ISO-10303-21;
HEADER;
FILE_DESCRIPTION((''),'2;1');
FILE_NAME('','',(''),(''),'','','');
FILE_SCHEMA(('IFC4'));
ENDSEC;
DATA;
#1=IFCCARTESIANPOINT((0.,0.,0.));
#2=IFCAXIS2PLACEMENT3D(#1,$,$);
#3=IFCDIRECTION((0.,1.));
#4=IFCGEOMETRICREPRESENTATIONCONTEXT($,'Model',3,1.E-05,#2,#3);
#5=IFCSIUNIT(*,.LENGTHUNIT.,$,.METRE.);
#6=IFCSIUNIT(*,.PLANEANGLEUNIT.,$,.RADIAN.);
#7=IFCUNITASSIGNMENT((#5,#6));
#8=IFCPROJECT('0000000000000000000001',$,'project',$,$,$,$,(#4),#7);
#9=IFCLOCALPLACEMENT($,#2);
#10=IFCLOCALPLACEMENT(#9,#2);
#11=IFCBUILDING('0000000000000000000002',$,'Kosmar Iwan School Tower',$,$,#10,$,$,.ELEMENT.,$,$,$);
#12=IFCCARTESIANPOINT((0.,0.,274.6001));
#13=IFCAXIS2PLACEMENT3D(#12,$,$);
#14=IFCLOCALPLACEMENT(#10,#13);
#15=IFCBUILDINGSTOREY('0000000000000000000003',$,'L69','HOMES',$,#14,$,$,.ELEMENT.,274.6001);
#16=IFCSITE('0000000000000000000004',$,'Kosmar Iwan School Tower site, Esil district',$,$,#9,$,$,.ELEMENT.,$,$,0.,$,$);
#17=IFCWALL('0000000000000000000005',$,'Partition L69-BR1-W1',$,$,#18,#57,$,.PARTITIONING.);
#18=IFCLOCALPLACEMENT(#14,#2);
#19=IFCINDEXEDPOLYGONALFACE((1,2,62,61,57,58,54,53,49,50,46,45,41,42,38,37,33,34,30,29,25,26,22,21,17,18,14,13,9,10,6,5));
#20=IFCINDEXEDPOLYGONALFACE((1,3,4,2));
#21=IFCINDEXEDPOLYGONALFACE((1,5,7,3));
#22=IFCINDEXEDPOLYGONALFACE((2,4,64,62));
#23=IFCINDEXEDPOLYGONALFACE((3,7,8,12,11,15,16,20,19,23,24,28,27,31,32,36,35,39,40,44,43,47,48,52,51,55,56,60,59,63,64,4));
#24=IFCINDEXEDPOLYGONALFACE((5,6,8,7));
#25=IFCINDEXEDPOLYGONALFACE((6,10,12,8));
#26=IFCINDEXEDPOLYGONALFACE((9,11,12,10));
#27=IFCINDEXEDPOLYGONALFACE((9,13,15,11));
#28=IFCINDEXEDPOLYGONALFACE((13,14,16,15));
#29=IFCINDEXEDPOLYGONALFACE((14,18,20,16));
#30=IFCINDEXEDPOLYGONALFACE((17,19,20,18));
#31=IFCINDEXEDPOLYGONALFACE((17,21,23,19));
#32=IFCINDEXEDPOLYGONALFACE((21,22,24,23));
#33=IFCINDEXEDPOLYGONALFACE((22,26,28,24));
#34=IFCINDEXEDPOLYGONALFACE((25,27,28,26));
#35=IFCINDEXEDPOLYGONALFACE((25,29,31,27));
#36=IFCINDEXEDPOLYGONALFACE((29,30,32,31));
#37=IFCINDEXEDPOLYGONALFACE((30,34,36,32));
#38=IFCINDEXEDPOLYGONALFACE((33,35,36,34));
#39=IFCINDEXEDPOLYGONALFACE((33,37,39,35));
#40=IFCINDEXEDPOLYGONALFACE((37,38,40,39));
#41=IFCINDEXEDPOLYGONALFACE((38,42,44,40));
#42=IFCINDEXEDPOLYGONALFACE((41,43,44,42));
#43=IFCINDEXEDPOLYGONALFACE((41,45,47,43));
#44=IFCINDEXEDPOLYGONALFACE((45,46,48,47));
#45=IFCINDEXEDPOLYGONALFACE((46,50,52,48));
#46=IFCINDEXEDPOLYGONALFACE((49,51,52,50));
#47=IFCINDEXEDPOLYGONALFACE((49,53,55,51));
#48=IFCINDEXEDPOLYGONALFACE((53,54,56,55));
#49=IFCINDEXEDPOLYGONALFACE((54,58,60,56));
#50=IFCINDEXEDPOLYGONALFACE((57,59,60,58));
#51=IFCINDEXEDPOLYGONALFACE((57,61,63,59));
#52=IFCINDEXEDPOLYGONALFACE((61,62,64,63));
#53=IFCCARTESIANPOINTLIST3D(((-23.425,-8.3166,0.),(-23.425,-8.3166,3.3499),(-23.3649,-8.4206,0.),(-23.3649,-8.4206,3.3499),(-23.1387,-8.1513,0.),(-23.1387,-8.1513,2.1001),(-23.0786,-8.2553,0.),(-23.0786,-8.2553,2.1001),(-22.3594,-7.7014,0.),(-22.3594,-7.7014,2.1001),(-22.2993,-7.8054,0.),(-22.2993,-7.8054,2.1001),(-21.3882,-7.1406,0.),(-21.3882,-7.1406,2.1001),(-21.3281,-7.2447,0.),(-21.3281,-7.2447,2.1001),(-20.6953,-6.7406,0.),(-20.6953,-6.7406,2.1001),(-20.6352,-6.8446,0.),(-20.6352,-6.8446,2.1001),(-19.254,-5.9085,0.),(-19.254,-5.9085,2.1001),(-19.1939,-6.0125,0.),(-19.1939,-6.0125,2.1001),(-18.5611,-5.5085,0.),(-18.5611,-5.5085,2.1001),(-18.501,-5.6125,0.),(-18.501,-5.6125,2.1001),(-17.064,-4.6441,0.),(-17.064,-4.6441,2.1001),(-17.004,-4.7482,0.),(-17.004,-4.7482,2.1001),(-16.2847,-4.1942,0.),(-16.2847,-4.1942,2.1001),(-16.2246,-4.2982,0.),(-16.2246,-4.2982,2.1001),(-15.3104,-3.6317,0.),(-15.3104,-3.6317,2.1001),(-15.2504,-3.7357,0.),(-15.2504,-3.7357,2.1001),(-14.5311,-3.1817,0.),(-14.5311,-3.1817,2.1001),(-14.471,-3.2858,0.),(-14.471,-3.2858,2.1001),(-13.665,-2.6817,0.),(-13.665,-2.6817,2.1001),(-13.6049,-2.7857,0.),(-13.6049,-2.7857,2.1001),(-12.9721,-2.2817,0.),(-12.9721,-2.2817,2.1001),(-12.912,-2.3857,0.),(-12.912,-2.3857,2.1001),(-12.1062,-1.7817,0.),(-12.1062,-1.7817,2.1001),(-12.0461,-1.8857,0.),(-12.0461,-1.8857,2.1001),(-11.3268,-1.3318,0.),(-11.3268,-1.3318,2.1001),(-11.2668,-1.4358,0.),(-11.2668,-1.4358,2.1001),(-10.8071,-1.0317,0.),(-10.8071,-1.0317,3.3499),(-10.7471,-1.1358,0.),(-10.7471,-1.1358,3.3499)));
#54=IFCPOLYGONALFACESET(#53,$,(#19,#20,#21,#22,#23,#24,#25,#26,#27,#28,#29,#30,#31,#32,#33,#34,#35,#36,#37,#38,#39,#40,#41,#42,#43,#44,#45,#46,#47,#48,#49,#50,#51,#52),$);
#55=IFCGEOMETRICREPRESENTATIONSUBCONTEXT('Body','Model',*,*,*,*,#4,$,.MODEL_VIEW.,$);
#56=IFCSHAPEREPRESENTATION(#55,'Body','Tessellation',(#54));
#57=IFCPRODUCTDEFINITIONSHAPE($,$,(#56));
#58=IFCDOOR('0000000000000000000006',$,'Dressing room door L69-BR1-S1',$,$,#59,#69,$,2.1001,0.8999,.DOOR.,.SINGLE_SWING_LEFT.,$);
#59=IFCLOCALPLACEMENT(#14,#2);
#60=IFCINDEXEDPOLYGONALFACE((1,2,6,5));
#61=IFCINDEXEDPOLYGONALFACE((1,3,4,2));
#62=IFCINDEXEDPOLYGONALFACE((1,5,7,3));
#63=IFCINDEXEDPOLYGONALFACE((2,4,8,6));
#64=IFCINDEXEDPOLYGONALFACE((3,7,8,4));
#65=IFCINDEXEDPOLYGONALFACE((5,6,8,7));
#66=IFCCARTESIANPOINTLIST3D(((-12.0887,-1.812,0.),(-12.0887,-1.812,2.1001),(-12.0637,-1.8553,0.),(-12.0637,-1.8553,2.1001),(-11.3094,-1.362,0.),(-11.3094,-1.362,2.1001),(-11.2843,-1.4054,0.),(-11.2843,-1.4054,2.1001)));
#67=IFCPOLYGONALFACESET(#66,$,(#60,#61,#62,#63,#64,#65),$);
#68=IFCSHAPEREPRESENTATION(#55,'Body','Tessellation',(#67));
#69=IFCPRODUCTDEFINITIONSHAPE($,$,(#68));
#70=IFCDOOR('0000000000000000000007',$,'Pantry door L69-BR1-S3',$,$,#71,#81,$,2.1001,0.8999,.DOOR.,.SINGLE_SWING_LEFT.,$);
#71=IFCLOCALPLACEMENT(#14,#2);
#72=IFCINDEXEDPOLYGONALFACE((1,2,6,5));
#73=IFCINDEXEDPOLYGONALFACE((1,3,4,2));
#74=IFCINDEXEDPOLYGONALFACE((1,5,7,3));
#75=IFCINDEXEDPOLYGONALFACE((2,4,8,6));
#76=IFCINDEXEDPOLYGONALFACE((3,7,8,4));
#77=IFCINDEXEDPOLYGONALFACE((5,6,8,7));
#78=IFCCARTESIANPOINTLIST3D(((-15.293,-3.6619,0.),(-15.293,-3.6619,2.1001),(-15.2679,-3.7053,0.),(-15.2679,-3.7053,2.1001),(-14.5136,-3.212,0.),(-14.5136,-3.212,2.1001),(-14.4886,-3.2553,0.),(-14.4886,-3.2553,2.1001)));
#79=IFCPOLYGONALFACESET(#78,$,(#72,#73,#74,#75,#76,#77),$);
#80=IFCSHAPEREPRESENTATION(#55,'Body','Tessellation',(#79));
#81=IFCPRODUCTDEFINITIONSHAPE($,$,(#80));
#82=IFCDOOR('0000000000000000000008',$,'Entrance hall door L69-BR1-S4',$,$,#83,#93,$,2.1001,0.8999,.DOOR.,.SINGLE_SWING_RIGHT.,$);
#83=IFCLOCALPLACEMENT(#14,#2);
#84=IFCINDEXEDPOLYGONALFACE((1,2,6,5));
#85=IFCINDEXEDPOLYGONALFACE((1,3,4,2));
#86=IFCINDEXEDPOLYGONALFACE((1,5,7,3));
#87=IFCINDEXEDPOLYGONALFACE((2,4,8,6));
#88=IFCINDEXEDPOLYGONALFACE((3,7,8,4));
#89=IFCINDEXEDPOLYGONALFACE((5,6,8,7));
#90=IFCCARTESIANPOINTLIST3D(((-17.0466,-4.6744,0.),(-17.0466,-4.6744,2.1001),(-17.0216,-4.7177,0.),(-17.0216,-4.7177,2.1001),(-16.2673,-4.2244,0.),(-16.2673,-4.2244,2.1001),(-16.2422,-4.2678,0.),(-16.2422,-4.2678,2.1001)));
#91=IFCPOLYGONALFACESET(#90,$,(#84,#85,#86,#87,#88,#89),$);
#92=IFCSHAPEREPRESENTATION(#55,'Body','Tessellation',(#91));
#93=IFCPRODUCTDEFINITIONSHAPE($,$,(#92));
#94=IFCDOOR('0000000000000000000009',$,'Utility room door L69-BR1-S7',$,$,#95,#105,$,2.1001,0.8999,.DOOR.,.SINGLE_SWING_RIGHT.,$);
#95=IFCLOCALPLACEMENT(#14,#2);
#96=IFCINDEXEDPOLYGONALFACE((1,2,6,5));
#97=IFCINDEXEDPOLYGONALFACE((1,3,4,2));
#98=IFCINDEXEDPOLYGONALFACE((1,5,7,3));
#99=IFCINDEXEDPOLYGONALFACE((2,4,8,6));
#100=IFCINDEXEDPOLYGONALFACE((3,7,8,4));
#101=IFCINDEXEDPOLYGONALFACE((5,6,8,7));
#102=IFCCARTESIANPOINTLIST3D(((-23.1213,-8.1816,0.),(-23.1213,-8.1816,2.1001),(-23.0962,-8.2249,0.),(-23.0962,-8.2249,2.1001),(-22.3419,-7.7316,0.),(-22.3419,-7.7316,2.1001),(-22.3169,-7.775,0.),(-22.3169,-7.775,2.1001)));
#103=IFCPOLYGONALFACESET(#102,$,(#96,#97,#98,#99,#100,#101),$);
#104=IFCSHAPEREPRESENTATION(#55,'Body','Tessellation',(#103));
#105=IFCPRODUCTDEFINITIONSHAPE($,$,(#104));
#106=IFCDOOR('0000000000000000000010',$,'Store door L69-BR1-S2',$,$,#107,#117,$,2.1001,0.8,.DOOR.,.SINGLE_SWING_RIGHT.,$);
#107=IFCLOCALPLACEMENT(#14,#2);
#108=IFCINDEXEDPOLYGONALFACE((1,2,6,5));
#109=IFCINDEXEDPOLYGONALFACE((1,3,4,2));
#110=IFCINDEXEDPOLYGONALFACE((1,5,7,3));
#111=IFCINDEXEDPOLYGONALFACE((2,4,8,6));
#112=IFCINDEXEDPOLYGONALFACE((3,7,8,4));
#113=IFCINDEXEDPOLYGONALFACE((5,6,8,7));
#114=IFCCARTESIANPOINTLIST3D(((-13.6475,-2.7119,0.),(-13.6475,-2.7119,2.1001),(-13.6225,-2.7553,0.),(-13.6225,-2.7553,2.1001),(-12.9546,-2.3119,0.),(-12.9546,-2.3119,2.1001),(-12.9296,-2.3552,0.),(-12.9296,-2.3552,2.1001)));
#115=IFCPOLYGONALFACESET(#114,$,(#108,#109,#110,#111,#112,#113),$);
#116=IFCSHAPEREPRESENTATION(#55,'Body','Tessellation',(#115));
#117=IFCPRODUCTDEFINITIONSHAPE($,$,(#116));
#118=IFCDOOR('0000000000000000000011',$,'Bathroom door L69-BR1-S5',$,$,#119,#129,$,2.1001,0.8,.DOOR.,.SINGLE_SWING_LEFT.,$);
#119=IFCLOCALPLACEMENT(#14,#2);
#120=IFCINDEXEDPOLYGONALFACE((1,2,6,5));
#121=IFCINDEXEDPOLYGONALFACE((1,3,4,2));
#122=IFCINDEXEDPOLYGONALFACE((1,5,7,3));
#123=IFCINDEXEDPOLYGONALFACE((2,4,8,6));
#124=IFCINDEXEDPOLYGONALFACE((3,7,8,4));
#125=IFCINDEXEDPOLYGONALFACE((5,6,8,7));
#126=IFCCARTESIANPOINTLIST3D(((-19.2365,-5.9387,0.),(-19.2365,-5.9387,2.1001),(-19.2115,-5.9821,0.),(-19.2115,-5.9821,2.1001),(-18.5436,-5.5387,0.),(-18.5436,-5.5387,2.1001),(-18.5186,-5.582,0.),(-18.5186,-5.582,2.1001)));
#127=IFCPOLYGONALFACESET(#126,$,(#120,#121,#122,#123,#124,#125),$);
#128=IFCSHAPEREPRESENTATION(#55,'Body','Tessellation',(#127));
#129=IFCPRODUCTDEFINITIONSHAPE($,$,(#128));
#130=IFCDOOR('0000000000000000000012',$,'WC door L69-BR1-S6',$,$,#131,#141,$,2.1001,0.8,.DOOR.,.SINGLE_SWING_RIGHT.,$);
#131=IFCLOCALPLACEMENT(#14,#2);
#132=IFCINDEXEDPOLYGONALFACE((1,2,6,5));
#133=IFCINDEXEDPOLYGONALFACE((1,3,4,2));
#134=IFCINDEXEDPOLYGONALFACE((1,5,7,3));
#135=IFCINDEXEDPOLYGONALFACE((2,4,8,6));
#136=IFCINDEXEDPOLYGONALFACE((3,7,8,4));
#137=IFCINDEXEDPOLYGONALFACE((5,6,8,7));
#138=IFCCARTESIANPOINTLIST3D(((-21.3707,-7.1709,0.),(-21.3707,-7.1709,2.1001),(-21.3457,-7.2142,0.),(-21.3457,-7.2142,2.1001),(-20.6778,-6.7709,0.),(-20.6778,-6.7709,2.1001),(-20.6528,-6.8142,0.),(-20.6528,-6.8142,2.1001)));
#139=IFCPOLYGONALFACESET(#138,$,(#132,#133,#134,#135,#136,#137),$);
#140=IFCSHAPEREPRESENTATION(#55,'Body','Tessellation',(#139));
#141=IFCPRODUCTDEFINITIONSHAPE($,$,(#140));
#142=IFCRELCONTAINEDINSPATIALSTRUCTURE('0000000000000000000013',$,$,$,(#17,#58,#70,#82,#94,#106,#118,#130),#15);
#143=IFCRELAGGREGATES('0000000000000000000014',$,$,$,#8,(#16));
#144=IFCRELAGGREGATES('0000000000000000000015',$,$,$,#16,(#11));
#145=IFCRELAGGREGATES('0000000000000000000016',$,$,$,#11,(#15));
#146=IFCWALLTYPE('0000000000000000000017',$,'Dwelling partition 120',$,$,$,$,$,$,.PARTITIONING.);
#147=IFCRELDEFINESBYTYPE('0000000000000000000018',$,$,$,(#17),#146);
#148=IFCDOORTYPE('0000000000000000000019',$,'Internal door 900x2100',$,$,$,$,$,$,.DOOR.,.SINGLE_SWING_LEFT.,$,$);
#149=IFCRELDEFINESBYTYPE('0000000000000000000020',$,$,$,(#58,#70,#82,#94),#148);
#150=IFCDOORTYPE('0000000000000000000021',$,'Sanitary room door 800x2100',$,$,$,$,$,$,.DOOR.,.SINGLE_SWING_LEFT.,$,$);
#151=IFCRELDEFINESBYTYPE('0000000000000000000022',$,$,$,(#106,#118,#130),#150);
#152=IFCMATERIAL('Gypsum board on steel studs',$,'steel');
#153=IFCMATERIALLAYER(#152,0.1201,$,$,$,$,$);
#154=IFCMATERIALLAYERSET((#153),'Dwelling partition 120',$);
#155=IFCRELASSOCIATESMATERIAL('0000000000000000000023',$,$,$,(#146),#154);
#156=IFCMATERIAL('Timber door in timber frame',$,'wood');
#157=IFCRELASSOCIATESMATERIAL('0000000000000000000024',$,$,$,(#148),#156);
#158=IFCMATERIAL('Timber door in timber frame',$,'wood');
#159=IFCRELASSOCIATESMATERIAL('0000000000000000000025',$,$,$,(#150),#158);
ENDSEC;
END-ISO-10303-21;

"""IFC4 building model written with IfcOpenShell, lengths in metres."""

from ifc_helpers import new_model, si_unit, direction, frame, frame_2d, origin, place, context, subcontext, project, spatial, rectangle, extrude, material, layer, layer_set, type_object, element, fill, save


model = new_model("IFC4")

# Units and contexts
model_context = context("Model", 3, precision=1e-05, world=origin(), true_north=direction((0.0, 1.0)))
body_context = subcontext(model_context, "Body", "Model", "MODEL_VIEW")
ifc_project = project(units=[si_unit("LENGTHUNIT", "METRE"), si_unit("PLANEANGLEUNIT", "RADIAN")], contexts=[model_context])

# Site, building, storey
site_placement = place(None, origin())
site = spatial("IfcSite", under=ifc_project, at=site_placement, Name="Kosmar Iwan School Tower site, Esil district", CompositionType="ELEMENT", RefElevation=0.0)
building_placement = place(site_placement, origin())
building = spatial("IfcBuilding", under=site, at=building_placement, Name="Kosmar Iwan School Tower", CompositionType="ELEMENT")
storey_placement = place(building_placement, frame((0.0, 0.0, 274.6001)))
storey = spatial("IfcBuildingStorey", under=building, at=storey_placement, Name="L69", Description="HOMES", CompositionType="ELEMENT", Elevation=274.6001)

# Wall, openings, doors
ifc_material_1 = material(Name="Gypsum board on steel studs", Category="steel")
ifc_layer_1 = layer(ifc_material_1, 0.1201)
ifc_layer_set_1 = layer_set([ifc_layer_1], Name="Dwelling partition 120")
wall_type_1 = type_object("IfcWallType", Name="Dwelling partition 120", PredefinedType="PARTITIONING", material=ifc_layer_set_1)
wall_1_placement = place(storey_placement, frame((-10.7771, -1.0837, 0.0), z_axis=(0.0, 0.0, 1.0), x_axis=(-0.866027, -0.499998, 0.0)))
wall_1 = element("IfcWall", 1, at=wall_1_placement, inside=storey, type_object=wall_type_1, Name="Partition L69-BR1-W1", PredefinedType="PARTITIONING", context=body_context, shape_type="SweptSolid", body=[
    extrude(rectangle(XDim=14.5698, YDim=0.1201, at=frame_2d((7.2849, 0.0))), origin(), (0.0, 0.0, 1.0), 3.3499),
])
opening_1_placement = place(wall_1_placement, frame((0.6001, 0.0, 0.0)))
opening_1 = element("IfcOpeningElement", 2, at=opening_1_placement, cuts=wall_1, PredefinedType="OPENING", context=body_context, shape_type="SweptSolid", body=[
    extrude(rectangle(XDim=0.8999, YDim=2.1001, at=frame_2d((0.45, 1.05))), frame((0.0, 0.072, 0.0), z_axis=(0.0, -1.0, 0.0), x_axis=(1.0, 0.0, 0.0)), (0.0, 0.0, 1.0), 0.144),
])
opening_2_placement = place(wall_1_placement, frame((2.5, 0.0, 0.0)))
opening_2 = element("IfcOpeningElement", 3, at=opening_2_placement, cuts=wall_1, PredefinedType="OPENING", context=body_context, shape_type="SweptSolid", body=[
    extrude(rectangle(XDim=0.8, YDim=2.1001, at=frame_2d((0.3999, 1.05))), frame((0.0, 0.072, 0.0), z_axis=(0.0, -1.0, 0.0), x_axis=(1.0, 0.0, 0.0)), (0.0, 0.0, 1.0), 0.144),
])
opening_3_placement = place(wall_1_placement, frame((4.3, 0.0, 0.0)))
opening_3 = element("IfcOpeningElement", 4, at=opening_3_placement, cuts=wall_1, PredefinedType="OPENING", context=body_context, shape_type="SweptSolid", body=[
    extrude(rectangle(XDim=0.8999, YDim=2.1001, at=frame_2d((0.45, 1.05))), frame((0.0, 0.072, 0.0), z_axis=(0.0, -1.0, 0.0), x_axis=(1.0, 0.0, 0.0)), (0.0, 0.0, 1.0), 0.144),
])
opening_4_placement = place(wall_1_placement, frame((6.325, 0.0, 0.0)))
opening_4 = element("IfcOpeningElement", 5, at=opening_4_placement, cuts=wall_1, PredefinedType="OPENING", context=body_context, shape_type="SweptSolid", body=[
    extrude(rectangle(XDim=0.8999, YDim=2.1001, at=frame_2d((0.45, 1.05))), frame((0.0, 0.072, 0.0), z_axis=(0.0, -1.0, 0.0), x_axis=(1.0, 0.0, 0.0)), (0.0, 0.0, 1.0), 0.144),
])
opening_5_placement = place(wall_1_placement, frame((8.9536, 0.0, 0.0)))
opening_5 = element("IfcOpeningElement", 6, at=opening_5_placement, cuts=wall_1, PredefinedType="OPENING", context=body_context, shape_type="SweptSolid", body=[
    extrude(rectangle(XDim=0.8, YDim=2.1001, at=frame_2d((0.3999, 1.05))), frame((0.0, 0.072, 0.0), z_axis=(0.0, -1.0, 0.0), x_axis=(1.0, 0.0, 0.0)), (0.0, 0.0, 1.0), 0.144),
])
opening_6_placement = place(wall_1_placement, frame((11.418, 0.0, 0.0)))
opening_6 = element("IfcOpeningElement", 7, at=opening_6_placement, cuts=wall_1, PredefinedType="OPENING", context=body_context, shape_type="SweptSolid", body=[
    extrude(rectangle(XDim=0.8, YDim=2.1001, at=frame_2d((0.3999, 1.05))), frame((0.0, 0.072, 0.0), z_axis=(0.0, -1.0, 0.0), x_axis=(1.0, 0.0, 0.0)), (0.0, 0.0, 1.0), 0.144),
])
opening_7_placement = place(wall_1_placement, frame((13.3394, 0.0, 0.0)))
opening_7 = element("IfcOpeningElement", 8, at=opening_7_placement, cuts=wall_1, PredefinedType="OPENING", context=body_context, shape_type="SweptSolid", body=[
    extrude(rectangle(XDim=0.8999, YDim=2.1001, at=frame_2d((0.45, 1.05))), frame((0.0, 0.072, 0.0), z_axis=(0.0, -1.0, 0.0), x_axis=(1.0, 0.0, 0.0)), (0.0, 0.0, 1.0), 0.144),
])
ifc_material_2 = material(Name="Timber door in timber frame", Category="wood")
door_type_1 = type_object("IfcDoorType", Name="Internal door 900x2100", OperationType="SINGLE_SWING_LEFT", PredefinedType="DOOR", material=ifc_material_2)
door_1_placement = place(opening_1_placement, origin())
door_1 = element("IfcDoor", 9, at=door_1_placement, inside=storey, type_object=door_type_1, Name="Dressing room door L69-BR1-S1", OperationType="SINGLE_SWING_LEFT", OverallHeight=2.1001, OverallWidth=0.8999, PredefinedType="DOOR", context=body_context, shape_type="SweptSolid", body=[
    extrude(rectangle(XDim=0.8999, YDim=2.1001, at=frame_2d((0.45, 1.05))), frame((0.0, 0.0249, 0.0), z_axis=(0.0, -1.0, 0.0), x_axis=(1.0, 0.0, 0.0)), (0.0, 0.0, 1.0), 0.05),
])
fill(opening_1, door_1)
door_2_placement = place(opening_3_placement, origin())
door_2 = element("IfcDoor", 10, at=door_2_placement, inside=storey, type_object=door_type_1, Name="Pantry door L69-BR1-S3", OperationType="SINGLE_SWING_LEFT", OverallHeight=2.1001, OverallWidth=0.8999, PredefinedType="DOOR", context=body_context, shape_type="SweptSolid", body=[
    extrude(rectangle(XDim=0.8999, YDim=2.1001, at=frame_2d((0.45, 1.05))), frame((0.0, 0.0249, 0.0), z_axis=(0.0, -1.0, 0.0), x_axis=(1.0, 0.0, 0.0)), (0.0, 0.0, 1.0), 0.05),
])
fill(opening_3, door_2)
door_3_placement = place(opening_4_placement, origin())
door_3 = element("IfcDoor", 11, at=door_3_placement, inside=storey, type_object=door_type_1, Name="Entrance hall door L69-BR1-S4", OperationType="SINGLE_SWING_RIGHT", OverallHeight=2.1001, OverallWidth=0.8999, PredefinedType="DOOR", context=body_context, shape_type="SweptSolid", body=[
    extrude(rectangle(XDim=0.8999, YDim=2.1001, at=frame_2d((0.45, 1.05))), frame((0.0, 0.0249, 0.0), z_axis=(0.0, -1.0, 0.0), x_axis=(1.0, 0.0, 0.0)), (0.0, 0.0, 1.0), 0.05),
])
fill(opening_4, door_3)
door_4_placement = place(opening_7_placement, origin())
door_4 = element("IfcDoor", 12, at=door_4_placement, inside=storey, type_object=door_type_1, Name="Utility room door L69-BR1-S7", OperationType="SINGLE_SWING_RIGHT", OverallHeight=2.1001, OverallWidth=0.8999, PredefinedType="DOOR", context=body_context, shape_type="SweptSolid", body=[
    extrude(rectangle(XDim=0.8999, YDim=2.1001, at=frame_2d((0.45, 1.05))), frame((0.0, 0.0249, 0.0), z_axis=(0.0, -1.0, 0.0), x_axis=(1.0, 0.0, 0.0)), (0.0, 0.0, 1.0), 0.05),
])
fill(opening_7, door_4)
ifc_material_3 = material(Name="Timber door in timber frame", Category="wood")
door_type_2 = type_object("IfcDoorType", Name="Sanitary room door 800x2100", OperationType="SINGLE_SWING_LEFT", PredefinedType="DOOR", material=ifc_material_3)
door_5_placement = place(opening_2_placement, origin())
door_5 = element("IfcDoor", 13, at=door_5_placement, inside=storey, type_object=door_type_2, Name="Store door L69-BR1-S2", OperationType="SINGLE_SWING_RIGHT", OverallHeight=2.1001, OverallWidth=0.8, PredefinedType="DOOR", context=body_context, shape_type="SweptSolid", body=[
    extrude(rectangle(XDim=0.8, YDim=2.1001, at=frame_2d((0.3999, 1.05))), frame((0.0, 0.0249, 0.0), z_axis=(0.0, -1.0, 0.0), x_axis=(1.0, 0.0, 0.0)), (0.0, 0.0, 1.0), 0.05),
])
fill(opening_2, door_5)
door_6_placement = place(opening_5_placement, origin())
door_6 = element("IfcDoor", 14, at=door_6_placement, inside=storey, type_object=door_type_2, Name="Bathroom door L69-BR1-S5", OperationType="SINGLE_SWING_LEFT", OverallHeight=2.1001, OverallWidth=0.8, PredefinedType="DOOR", context=body_context, shape_type="SweptSolid", body=[
    extrude(rectangle(XDim=0.8, YDim=2.1001, at=frame_2d((0.3999, 1.05))), frame((0.0, 0.0249, 0.0), z_axis=(0.0, -1.0, 0.0), x_axis=(1.0, 0.0, 0.0)), (0.0, 0.0, 1.0), 0.05),
])
fill(opening_5, door_6)
door_7_placement = place(opening_6_placement, origin())
door_7 = element("IfcDoor", 15, at=door_7_placement, inside=storey, type_object=door_type_2, Name="WC door L69-BR1-S6", OperationType="SINGLE_SWING_RIGHT", OverallHeight=2.1001, OverallWidth=0.8, PredefinedType="DOOR", context=body_context, shape_type="SweptSolid", body=[
    extrude(rectangle(XDim=0.8, YDim=2.1001, at=frame_2d((0.3999, 1.05))), frame((0.0, 0.0249, 0.0), z_axis=(0.0, -1.0, 0.0), x_axis=(1.0, 0.0, 0.0)), (0.0, 0.0, 1.0), 0.05),
])
fill(opening_6, door_7)

save(model, "model.ifc")
